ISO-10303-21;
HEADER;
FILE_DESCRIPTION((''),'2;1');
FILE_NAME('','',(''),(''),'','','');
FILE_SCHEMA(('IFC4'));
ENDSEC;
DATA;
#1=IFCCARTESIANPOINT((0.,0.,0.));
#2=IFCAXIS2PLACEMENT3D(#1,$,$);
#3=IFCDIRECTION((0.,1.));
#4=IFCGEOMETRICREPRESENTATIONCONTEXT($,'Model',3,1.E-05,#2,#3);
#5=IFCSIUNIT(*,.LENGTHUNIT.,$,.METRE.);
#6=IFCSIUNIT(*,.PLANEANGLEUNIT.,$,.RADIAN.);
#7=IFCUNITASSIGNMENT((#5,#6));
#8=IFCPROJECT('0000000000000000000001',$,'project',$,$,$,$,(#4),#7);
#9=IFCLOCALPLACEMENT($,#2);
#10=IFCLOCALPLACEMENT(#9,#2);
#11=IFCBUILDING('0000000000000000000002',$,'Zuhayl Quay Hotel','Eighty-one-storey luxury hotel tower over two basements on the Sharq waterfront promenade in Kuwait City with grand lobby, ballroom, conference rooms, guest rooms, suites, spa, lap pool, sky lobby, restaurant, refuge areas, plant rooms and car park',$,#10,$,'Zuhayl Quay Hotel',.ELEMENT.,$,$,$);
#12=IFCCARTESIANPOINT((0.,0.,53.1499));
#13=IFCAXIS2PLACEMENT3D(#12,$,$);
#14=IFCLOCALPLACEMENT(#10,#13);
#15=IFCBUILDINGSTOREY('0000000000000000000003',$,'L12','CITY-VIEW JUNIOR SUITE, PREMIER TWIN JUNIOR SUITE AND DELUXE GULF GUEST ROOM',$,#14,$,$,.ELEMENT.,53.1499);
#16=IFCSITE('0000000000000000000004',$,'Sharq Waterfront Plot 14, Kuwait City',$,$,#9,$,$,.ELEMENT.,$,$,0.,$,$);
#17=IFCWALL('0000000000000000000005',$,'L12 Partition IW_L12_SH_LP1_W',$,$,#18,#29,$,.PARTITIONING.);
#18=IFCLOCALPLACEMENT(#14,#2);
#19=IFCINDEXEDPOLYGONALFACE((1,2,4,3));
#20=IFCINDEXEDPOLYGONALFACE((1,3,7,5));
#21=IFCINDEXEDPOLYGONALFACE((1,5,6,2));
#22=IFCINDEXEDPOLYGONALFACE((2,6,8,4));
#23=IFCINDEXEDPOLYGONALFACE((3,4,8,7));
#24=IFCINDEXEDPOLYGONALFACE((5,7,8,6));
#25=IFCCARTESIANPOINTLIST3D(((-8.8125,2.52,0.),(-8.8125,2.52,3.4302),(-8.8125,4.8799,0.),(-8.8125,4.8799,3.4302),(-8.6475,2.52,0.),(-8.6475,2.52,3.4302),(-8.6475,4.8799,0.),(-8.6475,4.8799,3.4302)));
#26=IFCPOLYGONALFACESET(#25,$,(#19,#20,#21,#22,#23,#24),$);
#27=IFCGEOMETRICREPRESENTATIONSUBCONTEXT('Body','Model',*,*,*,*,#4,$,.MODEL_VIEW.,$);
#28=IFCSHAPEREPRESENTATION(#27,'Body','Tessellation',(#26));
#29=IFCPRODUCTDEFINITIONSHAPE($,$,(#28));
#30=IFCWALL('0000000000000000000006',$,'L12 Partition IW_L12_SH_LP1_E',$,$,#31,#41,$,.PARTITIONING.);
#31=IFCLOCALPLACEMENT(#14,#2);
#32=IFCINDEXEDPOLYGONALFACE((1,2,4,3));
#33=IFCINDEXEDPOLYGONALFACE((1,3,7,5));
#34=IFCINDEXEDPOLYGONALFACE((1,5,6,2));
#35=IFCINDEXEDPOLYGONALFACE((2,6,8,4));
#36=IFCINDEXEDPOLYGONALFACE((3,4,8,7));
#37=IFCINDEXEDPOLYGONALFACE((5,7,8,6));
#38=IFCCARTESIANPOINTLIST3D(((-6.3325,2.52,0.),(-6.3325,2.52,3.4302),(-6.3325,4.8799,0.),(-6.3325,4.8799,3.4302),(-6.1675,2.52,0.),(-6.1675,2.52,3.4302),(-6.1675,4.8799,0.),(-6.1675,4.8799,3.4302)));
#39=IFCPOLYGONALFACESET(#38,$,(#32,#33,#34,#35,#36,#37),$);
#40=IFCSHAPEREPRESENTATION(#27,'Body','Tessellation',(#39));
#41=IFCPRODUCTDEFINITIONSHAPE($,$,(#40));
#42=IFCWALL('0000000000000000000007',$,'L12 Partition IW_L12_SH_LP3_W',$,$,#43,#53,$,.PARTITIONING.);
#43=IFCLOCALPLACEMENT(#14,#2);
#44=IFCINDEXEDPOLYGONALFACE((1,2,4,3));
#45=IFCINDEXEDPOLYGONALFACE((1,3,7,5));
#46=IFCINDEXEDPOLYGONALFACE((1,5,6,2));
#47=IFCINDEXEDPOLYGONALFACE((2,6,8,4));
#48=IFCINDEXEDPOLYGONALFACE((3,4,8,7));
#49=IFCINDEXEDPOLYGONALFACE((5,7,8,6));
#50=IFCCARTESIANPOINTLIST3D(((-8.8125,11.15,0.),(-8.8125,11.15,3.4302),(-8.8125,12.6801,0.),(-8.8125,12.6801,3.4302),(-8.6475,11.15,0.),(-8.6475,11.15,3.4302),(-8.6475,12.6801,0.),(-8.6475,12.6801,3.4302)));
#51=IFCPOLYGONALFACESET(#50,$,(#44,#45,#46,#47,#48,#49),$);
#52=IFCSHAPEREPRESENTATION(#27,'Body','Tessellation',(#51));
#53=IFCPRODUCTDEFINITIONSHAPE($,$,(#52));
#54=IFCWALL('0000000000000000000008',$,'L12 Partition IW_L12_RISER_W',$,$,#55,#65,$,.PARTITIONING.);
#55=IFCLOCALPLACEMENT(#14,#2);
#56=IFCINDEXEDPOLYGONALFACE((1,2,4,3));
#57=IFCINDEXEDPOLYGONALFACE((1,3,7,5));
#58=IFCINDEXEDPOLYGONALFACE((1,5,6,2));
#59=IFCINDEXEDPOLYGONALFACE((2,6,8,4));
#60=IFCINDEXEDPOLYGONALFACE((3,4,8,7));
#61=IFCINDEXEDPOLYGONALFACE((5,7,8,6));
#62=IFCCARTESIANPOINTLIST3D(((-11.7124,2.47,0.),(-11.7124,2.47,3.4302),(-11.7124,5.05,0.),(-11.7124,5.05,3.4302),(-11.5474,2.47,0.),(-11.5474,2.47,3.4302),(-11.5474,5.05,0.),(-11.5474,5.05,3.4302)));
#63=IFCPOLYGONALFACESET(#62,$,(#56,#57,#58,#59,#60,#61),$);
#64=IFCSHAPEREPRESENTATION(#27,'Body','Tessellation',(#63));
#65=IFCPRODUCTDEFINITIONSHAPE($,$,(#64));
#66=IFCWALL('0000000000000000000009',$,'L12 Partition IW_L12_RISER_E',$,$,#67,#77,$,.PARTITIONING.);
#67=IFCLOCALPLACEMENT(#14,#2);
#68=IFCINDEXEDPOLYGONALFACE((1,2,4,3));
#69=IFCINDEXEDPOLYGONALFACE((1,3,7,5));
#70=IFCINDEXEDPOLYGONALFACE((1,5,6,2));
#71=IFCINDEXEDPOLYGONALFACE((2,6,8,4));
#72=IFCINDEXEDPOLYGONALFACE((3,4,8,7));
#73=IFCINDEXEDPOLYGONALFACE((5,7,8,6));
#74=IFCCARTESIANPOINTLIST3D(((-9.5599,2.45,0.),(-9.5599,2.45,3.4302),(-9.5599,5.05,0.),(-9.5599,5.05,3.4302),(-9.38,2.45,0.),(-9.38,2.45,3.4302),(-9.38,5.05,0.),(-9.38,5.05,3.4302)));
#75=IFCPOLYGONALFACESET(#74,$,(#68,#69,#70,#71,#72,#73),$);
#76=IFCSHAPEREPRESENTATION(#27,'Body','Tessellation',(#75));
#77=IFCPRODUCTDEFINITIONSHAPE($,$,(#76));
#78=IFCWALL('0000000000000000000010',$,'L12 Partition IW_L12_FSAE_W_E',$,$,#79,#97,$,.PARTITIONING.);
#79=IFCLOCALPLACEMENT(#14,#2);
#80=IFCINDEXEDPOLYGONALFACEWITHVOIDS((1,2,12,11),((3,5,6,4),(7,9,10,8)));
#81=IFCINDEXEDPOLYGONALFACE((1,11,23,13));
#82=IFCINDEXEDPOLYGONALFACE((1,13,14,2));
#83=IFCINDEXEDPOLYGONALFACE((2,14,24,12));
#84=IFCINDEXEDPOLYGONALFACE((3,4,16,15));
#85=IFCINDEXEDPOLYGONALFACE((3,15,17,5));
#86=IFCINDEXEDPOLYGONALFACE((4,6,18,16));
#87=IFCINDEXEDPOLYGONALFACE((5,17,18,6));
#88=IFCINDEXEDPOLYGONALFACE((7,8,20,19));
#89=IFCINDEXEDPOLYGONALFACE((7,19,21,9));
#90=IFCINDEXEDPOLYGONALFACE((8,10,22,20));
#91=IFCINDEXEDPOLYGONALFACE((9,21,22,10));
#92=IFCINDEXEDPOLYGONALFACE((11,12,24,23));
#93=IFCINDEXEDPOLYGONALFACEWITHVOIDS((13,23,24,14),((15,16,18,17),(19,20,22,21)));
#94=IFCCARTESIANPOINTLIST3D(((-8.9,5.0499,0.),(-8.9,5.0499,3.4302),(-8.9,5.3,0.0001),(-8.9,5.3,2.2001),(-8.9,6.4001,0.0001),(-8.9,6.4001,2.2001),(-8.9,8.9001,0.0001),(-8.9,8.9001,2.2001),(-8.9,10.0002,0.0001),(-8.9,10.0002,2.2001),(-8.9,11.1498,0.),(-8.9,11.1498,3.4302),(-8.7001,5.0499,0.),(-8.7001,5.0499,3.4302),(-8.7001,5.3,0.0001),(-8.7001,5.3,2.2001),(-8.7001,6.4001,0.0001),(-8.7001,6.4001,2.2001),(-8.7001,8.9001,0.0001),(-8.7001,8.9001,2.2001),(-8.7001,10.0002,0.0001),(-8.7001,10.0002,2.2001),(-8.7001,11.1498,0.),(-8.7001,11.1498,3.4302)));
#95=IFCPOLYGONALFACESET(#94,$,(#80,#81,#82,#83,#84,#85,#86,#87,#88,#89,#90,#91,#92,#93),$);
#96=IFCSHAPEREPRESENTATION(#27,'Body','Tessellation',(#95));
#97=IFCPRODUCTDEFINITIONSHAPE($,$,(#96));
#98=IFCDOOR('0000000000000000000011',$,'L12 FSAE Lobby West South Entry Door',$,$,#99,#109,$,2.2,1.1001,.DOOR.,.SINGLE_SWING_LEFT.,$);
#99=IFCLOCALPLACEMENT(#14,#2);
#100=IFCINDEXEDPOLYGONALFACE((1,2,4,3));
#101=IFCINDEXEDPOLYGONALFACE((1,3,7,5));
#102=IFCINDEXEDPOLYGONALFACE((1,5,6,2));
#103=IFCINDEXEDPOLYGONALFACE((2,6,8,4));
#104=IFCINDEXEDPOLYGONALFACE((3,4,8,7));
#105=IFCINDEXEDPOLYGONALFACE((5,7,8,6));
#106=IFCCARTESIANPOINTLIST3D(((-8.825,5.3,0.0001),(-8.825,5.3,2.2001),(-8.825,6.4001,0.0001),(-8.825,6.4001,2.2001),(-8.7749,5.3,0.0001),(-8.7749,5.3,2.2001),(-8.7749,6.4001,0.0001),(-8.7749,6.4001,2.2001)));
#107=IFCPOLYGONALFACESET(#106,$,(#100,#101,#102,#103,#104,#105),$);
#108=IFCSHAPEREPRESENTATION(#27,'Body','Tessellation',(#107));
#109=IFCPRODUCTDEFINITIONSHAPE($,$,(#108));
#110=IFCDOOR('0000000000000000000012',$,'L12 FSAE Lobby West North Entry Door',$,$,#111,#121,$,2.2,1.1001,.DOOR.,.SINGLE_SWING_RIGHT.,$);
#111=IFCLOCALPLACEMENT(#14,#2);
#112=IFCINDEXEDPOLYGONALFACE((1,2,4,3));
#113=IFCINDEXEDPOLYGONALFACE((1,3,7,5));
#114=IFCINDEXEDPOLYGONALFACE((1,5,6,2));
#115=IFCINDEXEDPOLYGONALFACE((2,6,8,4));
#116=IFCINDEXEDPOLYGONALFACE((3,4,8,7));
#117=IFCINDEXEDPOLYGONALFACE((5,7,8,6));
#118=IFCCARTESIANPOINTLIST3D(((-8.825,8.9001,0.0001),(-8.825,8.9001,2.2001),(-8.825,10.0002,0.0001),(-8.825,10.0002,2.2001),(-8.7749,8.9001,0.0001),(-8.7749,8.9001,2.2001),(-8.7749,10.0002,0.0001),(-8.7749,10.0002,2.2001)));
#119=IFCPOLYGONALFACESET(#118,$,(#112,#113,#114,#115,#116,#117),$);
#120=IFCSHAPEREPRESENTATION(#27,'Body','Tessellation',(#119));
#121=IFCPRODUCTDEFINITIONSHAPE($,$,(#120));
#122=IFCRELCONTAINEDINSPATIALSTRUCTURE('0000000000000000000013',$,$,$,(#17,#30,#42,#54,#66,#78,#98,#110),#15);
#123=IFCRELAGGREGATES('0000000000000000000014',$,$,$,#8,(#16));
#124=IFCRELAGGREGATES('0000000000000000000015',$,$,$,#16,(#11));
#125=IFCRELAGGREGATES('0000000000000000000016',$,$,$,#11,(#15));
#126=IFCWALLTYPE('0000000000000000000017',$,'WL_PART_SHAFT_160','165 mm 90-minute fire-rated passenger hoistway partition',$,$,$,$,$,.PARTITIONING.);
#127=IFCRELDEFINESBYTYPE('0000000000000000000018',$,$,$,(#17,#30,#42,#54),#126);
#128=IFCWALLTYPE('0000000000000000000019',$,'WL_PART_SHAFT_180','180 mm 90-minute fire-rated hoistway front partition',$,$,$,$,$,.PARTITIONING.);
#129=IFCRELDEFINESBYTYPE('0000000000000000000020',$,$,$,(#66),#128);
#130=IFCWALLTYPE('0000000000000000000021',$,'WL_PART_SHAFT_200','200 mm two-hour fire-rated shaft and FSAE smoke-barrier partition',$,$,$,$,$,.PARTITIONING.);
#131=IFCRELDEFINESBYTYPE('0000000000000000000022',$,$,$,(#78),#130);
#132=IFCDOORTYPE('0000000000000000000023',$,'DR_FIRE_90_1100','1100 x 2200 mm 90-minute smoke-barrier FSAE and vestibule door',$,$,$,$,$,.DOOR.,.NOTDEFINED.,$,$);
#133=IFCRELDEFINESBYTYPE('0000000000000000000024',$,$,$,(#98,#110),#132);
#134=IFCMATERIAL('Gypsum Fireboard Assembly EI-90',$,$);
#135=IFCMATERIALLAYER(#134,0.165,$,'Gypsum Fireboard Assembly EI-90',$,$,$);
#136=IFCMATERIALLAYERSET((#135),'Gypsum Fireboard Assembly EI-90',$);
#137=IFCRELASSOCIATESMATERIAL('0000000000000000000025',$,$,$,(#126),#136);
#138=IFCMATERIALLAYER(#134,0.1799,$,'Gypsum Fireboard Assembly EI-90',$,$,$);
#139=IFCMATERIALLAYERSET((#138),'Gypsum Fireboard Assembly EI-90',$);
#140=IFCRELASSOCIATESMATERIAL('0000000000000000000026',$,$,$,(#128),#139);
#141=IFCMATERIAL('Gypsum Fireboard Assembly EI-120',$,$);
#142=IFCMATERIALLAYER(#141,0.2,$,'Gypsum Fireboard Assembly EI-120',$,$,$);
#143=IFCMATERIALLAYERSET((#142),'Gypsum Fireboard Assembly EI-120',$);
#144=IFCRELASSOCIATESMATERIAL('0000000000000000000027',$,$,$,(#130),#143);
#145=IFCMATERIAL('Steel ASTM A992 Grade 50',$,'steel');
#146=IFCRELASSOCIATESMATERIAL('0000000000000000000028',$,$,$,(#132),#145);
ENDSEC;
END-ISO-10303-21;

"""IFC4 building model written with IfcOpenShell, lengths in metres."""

from ifc_helpers import new_model, si_unit, direction, frame, frame_2d, origin, place, context, subcontext, project, spatial, rectangle, extrude, material, layer, layer_set, type_object, element, fill, save


model = new_model("IFC4")

# Units and contexts
model_context = context("Model", 3, precision=1e-05, world=origin(), true_north=direction((0.0, 1.0)))
body_context = subcontext(model_context, "Body", "Model", "MODEL_VIEW")
ifc_project = project(units=[si_unit("LENGTHUNIT", "METRE"), si_unit("PLANEANGLEUNIT", "RADIAN")], contexts=[model_context])

# Site, building, storey
site_placement = place(None, origin())
site = spatial("IfcSite", under=ifc_project, at=site_placement, Name="Sharq Waterfront Plot 14, Kuwait City", CompositionType="ELEMENT", RefElevation=0.0)
building_placement = place(site_placement, origin())
building = spatial("IfcBuilding", under=site, at=building_placement, Name="Zuhayl Quay Hotel", Description="Eighty-one-storey luxury hotel tower over two basements on the Sharq waterfront promenade in Kuwait City with grand lobby, ballroom, conference rooms, guest rooms, suites, spa, lap pool, sky lobby, restaurant, refuge areas, plant rooms and car park", LongName="Zuhayl Quay Hotel", CompositionType="ELEMENT")
storey_placement = place(building_placement, frame((0.0, 0.0, 53.1499)))
storey = spatial("IfcBuildingStorey", under=building, at=storey_placement, Name="L12", Description="CITY-VIEW JUNIOR SUITE, PREMIER TWIN JUNIOR SUITE AND DELUXE GULF GUEST ROOM", CompositionType="ELEMENT", Elevation=53.1499)

# Shared definitions
ifc_material_1 = material(Name="Gypsum Fireboard Assembly EI-90")
ifc_layer_1 = layer(ifc_material_1, 0.165, Name="Gypsum Fireboard Assembly EI-90")
ifc_layer_set_1 = layer_set([ifc_layer_1], Name="Gypsum Fireboard Assembly EI-90")
wall_type_1 = type_object("IfcWallType", Name="WL_PART_SHAFT_160", Description="165 mm 90-minute fire-rated passenger hoistway partition", PredefinedType="PARTITIONING", material=ifc_layer_set_1)

# Walls
for number, where, z_axis, x_axis, name in (
    (1, (-8.73, 2.52, 0.0), (0.0, 0.0, 1.0), (0.0, 1.0, 0.0), "L12 Partition IW_L12_SH_LP1_W"),
    (2, (-6.25, 2.52, 0.0), (0.0, 0.0, 1.0), (0.0, 1.0, 0.0), "L12 Partition IW_L12_SH_LP1_E"),
):
    element("IfcWall", number, at=place(storey_placement, frame(where, z_axis=z_axis, x_axis=x_axis)), inside=storey, type_object=wall_type_1, Name=name, PredefinedType="PARTITIONING", context=body_context, shape_type="SweptSolid", body=[
        extrude(rectangle(XDim=2.3599, YDim=0.165, at=frame_2d((1.1799, 0.0))), origin(), (0.0, 0.0, 1.0), 3.4302),
    ])
wall_1_placement = place(storey_placement, frame((-8.73, 11.1499, 0.0), z_axis=(0.0, 0.0, 1.0), x_axis=(0.0, 1.0, 0.0)))
element("IfcWall", 3, at=wall_1_placement, inside=storey, type_object=wall_type_1, Name="L12 Partition IW_L12_SH_LP3_W", PredefinedType="PARTITIONING", context=body_context, shape_type="SweptSolid", body=[
    extrude(rectangle(XDim=1.53, YDim=0.165, at=frame_2d((0.7651, 0.0))), origin(), (0.0, 0.0, 1.0), 3.4302),
])
wall_2_placement = place(storey_placement, frame((-11.6299, 2.47, 0.0), z_axis=(0.0, 0.0, 1.0), x_axis=(0.0, 1.0, 0.0)))
element("IfcWall", 4, at=wall_2_placement, inside=storey, type_object=wall_type_1, Name="L12 Partition IW_L12_RISER_W", PredefinedType="PARTITIONING", context=body_context, shape_type="SweptSolid", body=[
    extrude(rectangle(XDim=2.5801, YDim=0.165, at=frame_2d((1.29, 0.0))), origin(), (0.0, 0.0, 1.0), 3.4302),
])
ifc_layer_2 = layer(ifc_material_1, 0.1799, Name="Gypsum Fireboard Assembly EI-90")
ifc_layer_set_2 = layer_set([ifc_layer_2], Name="Gypsum Fireboard Assembly EI-90")
wall_type_2 = type_object("IfcWallType", Name="WL_PART_SHAFT_180", Description="180 mm 90-minute fire-rated hoistway front partition", PredefinedType="PARTITIONING", material=ifc_layer_set_2)
wall_3_placement = place(storey_placement, frame((-9.47, 2.45, 0.0), z_axis=(0.0, 0.0, 1.0), x_axis=(0.0, 1.0, 0.0)))
element("IfcWall", 5, at=wall_3_placement, inside=storey, type_object=wall_type_2, Name="L12 Partition IW_L12_RISER_E", PredefinedType="PARTITIONING", context=body_context, shape_type="SweptSolid", body=[
    extrude(rectangle(XDim=2.6001, YDim=0.1799, at=frame_2d((1.3, 0.0))), origin(), (0.0, 0.0, 1.0), 3.4302),
])

# Wall, openings, doors
ifc_material_2 = material(Name="Gypsum Fireboard Assembly EI-120")
ifc_layer_3 = layer(ifc_material_2, 0.2, Name="Gypsum Fireboard Assembly EI-120")
ifc_layer_set_3 = layer_set([ifc_layer_3], Name="Gypsum Fireboard Assembly EI-120")
wall_type_3 = type_object("IfcWallType", Name="WL_PART_SHAFT_200", Description="200 mm two-hour fire-rated shaft and FSAE smoke-barrier partition", PredefinedType="PARTITIONING", material=ifc_layer_set_3)
wall_4_placement = place(storey_placement, frame((-8.8, 5.05, 0.0), z_axis=(0.0, 0.0, 1.0), x_axis=(0.0, 1.0, 0.0)))
wall_4 = element("IfcWall", 6, at=wall_4_placement, inside=storey, type_object=wall_type_3, Name="L12 Partition IW_L12_FSAE_W_E", PredefinedType="PARTITIONING", context=body_context, shape_type="SweptSolid", body=[
    extrude(rectangle(XDim=6.0999, YDim=0.2, at=frame_2d((3.0498, 0.0))), origin(), (0.0, 0.0, 1.0), 3.4302),
])
opening_1_placement = place(wall_4_placement, frame((0.25, 0.0, 0.0)))
opening_1 = element("IfcOpeningElement", 7, at=opening_1_placement, cuts=wall_4, PredefinedType="OPENING", context=body_context, shape_type="SweptSolid", body=[
    extrude(rectangle(XDim=1.1001, YDim=2.2, at=frame_2d((0.55, 1.1001))), frame((0.0, 0.1099, 0.0), z_axis=(0.0, -1.0, 0.0), x_axis=(1.0, 0.0, 0.0)), (0.0, 0.0, 1.0), 0.22),
])
opening_2_placement = place(wall_4_placement, frame((3.8501, 0.0, 0.0)))
opening_2 = element("IfcOpeningElement", 8, at=opening_2_placement, cuts=wall_4, PredefinedType="OPENING", context=body_context, shape_type="SweptSolid", body=[
    extrude(rectangle(XDim=1.1001, YDim=2.2, at=frame_2d((0.55, 1.1001))), frame((0.0, 0.1099, 0.0), z_axis=(0.0, -1.0, 0.0), x_axis=(1.0, 0.0, 0.0)), (0.0, 0.0, 1.0), 0.22),
])
ifc_material_3 = material(Name="Steel ASTM A992 Grade 50", Category="steel")
door_type_1 = type_object("IfcDoorType", Name="DR_FIRE_90_1100", Description="1100 x 2200 mm 90-minute smoke-barrier FSAE and vestibule door", OperationType="NOTDEFINED", PredefinedType="DOOR", material=ifc_material_3)
door_1_placement = place(opening_1_placement, origin())
door_1 = element("IfcDoor", 9, at=door_1_placement, inside=storey, type_object=door_type_1, Name="L12 FSAE Lobby West South Entry Door", OperationType="SINGLE_SWING_LEFT", OverallHeight=2.2, OverallWidth=1.1001, PredefinedType="DOOR", context=body_context, shape_type="SweptSolid", body=[
    extrude(rectangle(XDim=1.1001, YDim=2.2, at=frame_2d((0.55, 1.1001))), frame((0.0, 0.0249, 0.0), z_axis=(0.0, -1.0, 0.0), x_axis=(1.0, 0.0, 0.0)), (0.0, 0.0, 1.0), 0.05),
])
fill(opening_1, door_1)
door_2_placement = place(opening_2_placement, origin())
door_2 = element("IfcDoor", 10, at=door_2_placement, inside=storey, type_object=door_type_1, Name="L12 FSAE Lobby West North Entry Door", OperationType="SINGLE_SWING_RIGHT", OverallHeight=2.2, OverallWidth=1.1001, PredefinedType="DOOR", context=body_context, shape_type="SweptSolid", body=[
    extrude(rectangle(XDim=1.1001, YDim=2.2, at=frame_2d((0.55, 1.1001))), frame((0.0, 0.0249, 0.0), z_axis=(0.0, -1.0, 0.0), x_axis=(1.0, 0.0, 0.0)), (0.0, 0.0, 1.0), 0.05),
])
fill(opening_2, door_2)

save(model, "model.ifc")
